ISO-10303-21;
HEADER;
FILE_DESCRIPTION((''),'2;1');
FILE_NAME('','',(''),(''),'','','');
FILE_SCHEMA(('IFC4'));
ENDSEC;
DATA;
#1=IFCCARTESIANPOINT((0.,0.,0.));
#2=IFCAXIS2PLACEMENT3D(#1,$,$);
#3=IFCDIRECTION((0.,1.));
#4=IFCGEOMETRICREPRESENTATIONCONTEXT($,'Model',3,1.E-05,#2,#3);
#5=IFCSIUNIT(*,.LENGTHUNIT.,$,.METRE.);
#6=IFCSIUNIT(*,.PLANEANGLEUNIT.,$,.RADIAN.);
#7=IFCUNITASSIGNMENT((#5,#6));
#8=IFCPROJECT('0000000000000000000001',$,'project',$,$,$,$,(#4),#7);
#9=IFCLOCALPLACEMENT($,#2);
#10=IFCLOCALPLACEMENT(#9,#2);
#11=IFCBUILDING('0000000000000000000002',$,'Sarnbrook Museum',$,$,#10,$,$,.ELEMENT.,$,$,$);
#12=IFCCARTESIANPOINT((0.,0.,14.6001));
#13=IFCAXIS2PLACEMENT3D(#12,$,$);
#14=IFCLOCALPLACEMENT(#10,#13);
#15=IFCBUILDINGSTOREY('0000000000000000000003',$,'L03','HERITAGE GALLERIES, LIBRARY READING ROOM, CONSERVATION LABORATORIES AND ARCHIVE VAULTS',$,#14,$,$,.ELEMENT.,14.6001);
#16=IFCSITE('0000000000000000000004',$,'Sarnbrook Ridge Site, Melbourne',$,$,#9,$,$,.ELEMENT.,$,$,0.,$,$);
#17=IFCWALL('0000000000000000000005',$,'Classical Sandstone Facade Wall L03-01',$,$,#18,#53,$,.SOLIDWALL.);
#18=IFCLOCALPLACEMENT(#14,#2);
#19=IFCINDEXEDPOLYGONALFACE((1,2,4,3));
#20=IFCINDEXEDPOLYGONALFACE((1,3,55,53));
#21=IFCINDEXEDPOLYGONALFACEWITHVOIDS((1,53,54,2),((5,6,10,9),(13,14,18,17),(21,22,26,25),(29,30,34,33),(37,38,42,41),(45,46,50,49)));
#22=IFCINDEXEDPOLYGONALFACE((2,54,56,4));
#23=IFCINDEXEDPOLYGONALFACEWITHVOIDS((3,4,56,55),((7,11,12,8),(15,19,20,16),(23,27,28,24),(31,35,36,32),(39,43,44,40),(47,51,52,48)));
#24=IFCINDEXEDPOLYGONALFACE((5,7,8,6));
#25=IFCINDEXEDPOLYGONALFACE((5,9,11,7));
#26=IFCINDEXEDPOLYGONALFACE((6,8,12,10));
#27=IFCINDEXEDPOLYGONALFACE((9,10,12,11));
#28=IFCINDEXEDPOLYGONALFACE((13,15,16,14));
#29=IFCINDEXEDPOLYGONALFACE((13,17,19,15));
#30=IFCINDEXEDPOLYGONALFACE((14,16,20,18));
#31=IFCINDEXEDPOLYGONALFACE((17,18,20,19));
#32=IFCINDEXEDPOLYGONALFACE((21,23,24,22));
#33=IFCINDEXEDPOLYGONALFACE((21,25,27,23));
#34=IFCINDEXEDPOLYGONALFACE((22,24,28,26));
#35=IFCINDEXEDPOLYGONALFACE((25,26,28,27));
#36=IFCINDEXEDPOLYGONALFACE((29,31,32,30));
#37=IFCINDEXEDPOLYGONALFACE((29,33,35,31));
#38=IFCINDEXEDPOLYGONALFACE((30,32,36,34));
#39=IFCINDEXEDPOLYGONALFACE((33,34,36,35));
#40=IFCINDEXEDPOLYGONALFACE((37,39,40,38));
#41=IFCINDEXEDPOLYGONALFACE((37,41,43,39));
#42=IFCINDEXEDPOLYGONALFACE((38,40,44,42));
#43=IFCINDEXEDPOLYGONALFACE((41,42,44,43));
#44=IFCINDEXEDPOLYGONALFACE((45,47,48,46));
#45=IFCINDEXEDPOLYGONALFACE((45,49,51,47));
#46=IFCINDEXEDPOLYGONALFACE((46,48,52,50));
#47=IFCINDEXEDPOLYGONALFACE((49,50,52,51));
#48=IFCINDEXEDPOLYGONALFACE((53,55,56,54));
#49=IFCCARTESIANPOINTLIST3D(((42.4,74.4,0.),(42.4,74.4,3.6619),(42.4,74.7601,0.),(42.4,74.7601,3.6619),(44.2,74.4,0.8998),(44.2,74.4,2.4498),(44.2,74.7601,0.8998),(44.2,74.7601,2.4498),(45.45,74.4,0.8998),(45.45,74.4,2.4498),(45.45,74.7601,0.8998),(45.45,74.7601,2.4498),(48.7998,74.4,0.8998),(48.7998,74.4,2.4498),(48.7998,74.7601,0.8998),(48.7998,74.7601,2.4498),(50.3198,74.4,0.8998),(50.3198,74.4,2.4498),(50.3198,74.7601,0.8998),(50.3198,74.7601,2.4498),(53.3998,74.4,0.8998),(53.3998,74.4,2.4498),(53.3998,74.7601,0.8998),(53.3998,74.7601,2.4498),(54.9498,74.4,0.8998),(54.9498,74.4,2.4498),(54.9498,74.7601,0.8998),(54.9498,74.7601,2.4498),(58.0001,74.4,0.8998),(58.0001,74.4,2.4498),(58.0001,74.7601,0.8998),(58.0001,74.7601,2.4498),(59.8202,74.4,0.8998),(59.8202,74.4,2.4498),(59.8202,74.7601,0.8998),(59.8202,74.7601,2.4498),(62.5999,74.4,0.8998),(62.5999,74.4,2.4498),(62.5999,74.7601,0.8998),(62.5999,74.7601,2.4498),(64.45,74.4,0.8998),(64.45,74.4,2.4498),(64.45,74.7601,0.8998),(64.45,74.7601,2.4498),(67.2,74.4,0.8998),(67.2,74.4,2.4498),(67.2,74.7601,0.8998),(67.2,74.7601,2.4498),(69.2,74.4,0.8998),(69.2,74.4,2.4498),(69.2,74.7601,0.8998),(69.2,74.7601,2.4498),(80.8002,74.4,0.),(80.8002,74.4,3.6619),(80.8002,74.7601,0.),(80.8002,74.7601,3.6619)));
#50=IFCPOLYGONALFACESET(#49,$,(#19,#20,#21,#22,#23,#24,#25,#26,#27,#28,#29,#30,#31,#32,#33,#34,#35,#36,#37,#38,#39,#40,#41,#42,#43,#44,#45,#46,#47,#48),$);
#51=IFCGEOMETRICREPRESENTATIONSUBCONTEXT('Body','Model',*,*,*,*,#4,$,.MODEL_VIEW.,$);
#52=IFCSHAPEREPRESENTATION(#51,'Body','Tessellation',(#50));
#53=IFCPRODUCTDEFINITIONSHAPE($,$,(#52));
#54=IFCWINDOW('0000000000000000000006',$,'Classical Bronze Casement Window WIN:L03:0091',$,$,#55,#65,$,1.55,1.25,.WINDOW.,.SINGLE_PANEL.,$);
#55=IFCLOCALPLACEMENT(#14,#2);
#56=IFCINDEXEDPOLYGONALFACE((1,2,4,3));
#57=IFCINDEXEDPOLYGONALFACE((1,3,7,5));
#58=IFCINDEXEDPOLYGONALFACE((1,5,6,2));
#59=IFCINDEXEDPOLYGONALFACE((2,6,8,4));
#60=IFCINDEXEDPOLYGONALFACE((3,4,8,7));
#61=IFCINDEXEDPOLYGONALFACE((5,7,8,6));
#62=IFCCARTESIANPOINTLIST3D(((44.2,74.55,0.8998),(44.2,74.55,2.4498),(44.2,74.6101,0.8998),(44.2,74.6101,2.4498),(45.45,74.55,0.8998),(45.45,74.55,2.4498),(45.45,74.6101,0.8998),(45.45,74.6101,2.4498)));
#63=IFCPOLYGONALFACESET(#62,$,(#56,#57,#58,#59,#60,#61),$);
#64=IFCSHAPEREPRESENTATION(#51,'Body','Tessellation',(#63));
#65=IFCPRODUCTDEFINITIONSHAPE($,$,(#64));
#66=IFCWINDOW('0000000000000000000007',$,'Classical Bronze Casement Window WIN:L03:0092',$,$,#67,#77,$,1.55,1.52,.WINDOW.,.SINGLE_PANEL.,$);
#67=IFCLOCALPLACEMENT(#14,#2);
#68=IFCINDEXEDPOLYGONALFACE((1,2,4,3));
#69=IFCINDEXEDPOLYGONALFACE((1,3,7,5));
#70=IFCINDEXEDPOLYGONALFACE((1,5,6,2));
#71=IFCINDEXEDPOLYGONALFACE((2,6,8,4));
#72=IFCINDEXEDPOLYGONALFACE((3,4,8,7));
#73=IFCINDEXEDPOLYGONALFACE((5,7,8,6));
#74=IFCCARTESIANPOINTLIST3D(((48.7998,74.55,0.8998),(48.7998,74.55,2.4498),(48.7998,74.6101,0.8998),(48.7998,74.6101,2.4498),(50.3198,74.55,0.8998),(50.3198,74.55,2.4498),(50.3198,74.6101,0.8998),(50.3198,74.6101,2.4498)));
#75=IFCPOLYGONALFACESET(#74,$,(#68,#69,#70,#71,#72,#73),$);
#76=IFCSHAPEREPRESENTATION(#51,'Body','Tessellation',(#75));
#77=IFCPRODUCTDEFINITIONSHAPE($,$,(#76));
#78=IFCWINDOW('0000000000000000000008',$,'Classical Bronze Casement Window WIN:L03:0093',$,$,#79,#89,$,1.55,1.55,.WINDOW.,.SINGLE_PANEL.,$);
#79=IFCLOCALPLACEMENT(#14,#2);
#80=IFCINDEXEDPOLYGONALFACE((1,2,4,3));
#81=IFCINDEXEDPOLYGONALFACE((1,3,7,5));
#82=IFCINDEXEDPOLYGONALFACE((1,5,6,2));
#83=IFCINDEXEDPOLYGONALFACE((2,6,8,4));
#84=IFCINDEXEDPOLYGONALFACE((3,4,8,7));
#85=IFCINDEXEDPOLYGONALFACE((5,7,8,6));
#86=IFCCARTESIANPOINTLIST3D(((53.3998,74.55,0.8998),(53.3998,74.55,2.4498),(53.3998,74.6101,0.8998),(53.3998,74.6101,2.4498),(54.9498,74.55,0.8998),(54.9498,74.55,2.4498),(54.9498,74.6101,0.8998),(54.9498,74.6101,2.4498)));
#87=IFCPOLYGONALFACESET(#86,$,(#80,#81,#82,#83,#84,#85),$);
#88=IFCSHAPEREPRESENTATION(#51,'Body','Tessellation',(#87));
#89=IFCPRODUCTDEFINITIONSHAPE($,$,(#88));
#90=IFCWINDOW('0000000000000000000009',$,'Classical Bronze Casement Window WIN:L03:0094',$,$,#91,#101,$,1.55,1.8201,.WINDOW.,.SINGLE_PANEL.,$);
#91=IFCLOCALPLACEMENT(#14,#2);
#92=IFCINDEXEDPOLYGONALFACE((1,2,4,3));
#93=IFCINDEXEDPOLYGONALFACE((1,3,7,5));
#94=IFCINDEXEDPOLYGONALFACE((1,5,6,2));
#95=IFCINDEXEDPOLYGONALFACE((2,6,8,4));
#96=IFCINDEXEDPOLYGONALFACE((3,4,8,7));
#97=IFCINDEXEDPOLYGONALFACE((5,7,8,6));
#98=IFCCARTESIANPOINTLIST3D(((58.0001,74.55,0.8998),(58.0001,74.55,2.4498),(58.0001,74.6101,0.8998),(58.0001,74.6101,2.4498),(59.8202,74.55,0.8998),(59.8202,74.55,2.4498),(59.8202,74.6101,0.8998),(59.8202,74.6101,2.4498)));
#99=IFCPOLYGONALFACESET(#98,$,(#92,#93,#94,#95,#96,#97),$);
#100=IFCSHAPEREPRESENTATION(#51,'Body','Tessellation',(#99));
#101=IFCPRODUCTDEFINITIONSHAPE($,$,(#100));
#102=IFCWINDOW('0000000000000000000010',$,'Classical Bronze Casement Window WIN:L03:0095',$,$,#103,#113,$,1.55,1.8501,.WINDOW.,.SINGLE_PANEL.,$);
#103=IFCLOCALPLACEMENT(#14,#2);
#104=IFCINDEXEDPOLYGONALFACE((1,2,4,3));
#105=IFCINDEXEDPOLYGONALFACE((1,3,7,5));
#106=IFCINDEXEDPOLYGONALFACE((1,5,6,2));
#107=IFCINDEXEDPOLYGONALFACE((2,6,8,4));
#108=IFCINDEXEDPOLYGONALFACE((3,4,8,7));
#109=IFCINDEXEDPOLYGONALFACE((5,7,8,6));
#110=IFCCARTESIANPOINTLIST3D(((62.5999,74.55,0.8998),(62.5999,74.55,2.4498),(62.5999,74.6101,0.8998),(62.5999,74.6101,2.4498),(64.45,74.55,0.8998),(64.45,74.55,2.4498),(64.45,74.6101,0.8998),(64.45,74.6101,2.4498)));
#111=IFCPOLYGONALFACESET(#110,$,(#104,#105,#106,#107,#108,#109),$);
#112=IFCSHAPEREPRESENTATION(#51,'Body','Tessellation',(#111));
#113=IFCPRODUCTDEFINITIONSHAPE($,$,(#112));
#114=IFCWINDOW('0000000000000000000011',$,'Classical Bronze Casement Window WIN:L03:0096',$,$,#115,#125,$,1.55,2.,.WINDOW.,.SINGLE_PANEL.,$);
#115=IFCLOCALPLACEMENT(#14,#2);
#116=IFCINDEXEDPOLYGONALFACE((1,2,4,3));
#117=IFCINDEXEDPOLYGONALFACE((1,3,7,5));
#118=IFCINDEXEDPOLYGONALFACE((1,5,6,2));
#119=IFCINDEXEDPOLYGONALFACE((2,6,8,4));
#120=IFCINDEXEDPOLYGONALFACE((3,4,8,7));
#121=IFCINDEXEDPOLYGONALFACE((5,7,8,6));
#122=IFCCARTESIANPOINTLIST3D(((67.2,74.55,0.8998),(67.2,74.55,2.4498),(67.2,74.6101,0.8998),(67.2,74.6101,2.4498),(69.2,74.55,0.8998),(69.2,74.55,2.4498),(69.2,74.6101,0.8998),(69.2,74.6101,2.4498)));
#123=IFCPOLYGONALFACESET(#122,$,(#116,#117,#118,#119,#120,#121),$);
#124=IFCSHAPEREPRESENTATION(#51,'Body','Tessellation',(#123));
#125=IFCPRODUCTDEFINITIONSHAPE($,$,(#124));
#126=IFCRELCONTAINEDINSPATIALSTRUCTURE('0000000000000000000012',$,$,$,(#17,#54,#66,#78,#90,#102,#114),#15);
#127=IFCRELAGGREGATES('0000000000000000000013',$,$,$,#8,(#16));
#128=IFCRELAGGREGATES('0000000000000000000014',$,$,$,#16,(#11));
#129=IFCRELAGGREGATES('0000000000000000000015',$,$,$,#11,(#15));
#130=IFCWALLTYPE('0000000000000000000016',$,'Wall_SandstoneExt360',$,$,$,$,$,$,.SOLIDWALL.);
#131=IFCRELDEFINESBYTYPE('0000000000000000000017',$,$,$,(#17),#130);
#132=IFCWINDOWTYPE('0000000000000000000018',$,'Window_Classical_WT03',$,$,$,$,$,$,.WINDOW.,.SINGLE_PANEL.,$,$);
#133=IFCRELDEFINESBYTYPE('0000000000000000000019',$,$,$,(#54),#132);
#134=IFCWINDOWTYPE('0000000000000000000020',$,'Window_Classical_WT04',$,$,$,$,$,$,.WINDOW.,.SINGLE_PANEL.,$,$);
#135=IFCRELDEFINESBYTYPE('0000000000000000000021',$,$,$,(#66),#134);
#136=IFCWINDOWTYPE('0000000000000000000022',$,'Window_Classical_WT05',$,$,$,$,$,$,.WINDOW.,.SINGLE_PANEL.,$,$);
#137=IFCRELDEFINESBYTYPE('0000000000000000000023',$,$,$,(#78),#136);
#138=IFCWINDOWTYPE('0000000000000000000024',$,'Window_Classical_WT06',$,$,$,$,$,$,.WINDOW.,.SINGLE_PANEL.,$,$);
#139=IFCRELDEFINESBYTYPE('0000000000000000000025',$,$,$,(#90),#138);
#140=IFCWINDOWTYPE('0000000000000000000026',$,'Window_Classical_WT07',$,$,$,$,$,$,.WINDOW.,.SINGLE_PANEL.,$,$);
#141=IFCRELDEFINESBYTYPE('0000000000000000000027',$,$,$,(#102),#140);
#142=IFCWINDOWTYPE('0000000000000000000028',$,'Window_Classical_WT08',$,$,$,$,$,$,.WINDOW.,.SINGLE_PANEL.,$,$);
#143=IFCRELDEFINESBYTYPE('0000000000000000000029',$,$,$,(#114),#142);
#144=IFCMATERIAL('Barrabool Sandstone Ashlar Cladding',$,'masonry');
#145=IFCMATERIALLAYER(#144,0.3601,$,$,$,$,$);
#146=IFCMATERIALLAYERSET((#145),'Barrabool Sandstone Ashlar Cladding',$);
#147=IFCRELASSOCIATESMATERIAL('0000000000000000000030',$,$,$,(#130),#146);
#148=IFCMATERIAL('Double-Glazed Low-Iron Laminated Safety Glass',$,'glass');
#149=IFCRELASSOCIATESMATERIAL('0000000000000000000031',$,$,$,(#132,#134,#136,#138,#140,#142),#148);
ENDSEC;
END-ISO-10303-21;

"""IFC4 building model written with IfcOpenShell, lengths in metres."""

from ifc_helpers import new_model, si_unit, direction, frame, frame_2d, origin, place, context, subcontext, project, spatial, rectangle, extrude, material, layer, layer_set, type_object, element, fill, save


model = new_model("IFC4")

# Units and contexts
model_context = context("Model", 3, precision=1e-05, world=origin(), true_north=direction((0.0, 1.0)))
body_context = subcontext(model_context, "Body", "Model", "MODEL_VIEW")
ifc_project = project(units=[si_unit("LENGTHUNIT", "METRE"), si_unit("PLANEANGLEUNIT", "RADIAN")], contexts=[model_context])

# Site, building, storey
site_placement = place(None, origin())
site = spatial("IfcSite", under=ifc_project, at=site_placement, Name="Sarnbrook Ridge Site, Melbourne", CompositionType="ELEMENT", RefElevation=0.0)
building_placement = place(site_placement, origin())
building = spatial("IfcBuilding", under=site, at=building_placement, Name="Sarnbrook Museum", CompositionType="ELEMENT")
storey_placement = place(building_placement, frame((0.0, 0.0, 14.6001)))
storey = spatial("IfcBuildingStorey", under=building, at=storey_placement, Name="L03", Description="HERITAGE GALLERIES, LIBRARY READING ROOM, CONSERVATION LABORATORIES AND ARCHIVE VAULTS", CompositionType="ELEMENT", Elevation=14.6001)

# Wall, openings, windows
ifc_material_1 = material(Name="Barrabool Sandstone Ashlar Cladding", Category="masonry")
ifc_layer_1 = layer(ifc_material_1, 0.3601)
ifc_layer_set_1 = layer_set([ifc_layer_1], Name="Barrabool Sandstone Ashlar Cladding")
wall_type_1 = type_object("IfcWallType", Name="Wall_SandstoneExt360", PredefinedType="SOLIDWALL", material=ifc_layer_set_1)
wall_1_placement = place(storey_placement, frame((42.3999, 74.5801, 0.0), z_axis=(0.0, 0.0, 1.0), x_axis=(1.0, 0.0, 0.0)))
wall_1 = element("IfcWall", 1, at=wall_1_placement, inside=storey, type_object=wall_type_1, Name="Classical Sandstone Facade Wall L03-01", PredefinedType="SOLIDWALL", context=body_context, shape_type="SweptSolid", body=[
    extrude(rectangle(XDim=38.4001, YDim=0.3601, at=frame_2d((19.2002, 0.0))), origin(), (0.0, 0.0, 1.0), 3.6619),
])
opening_1_placement = place(wall_1_placement, frame((1.8, 0.0, 0.8999)))
opening_1 = element("IfcOpeningElement", 2, at=opening_1_placement, cuts=wall_1, PredefinedType="OPENING", context=body_context, shape_type="SweptSolid", body=[
    extrude(rectangle(XDim=1.25, YDim=1.55, at=frame_2d((0.625, 0.7749))), frame((0.0, 0.1899, 0.0), z_axis=(0.0, -1.0, 0.0), x_axis=(1.0, 0.0, 0.0)), (0.0, 0.0, 1.0), 0.3801),
])
opening_2_placement = place(wall_1_placement, frame((6.3999, 0.0, 0.8999)))
opening_2 = element("IfcOpeningElement", 3, at=opening_2_placement, cuts=wall_1, PredefinedType="OPENING", context=body_context, shape_type="SweptSolid", body=[
    extrude(rectangle(XDim=1.52, YDim=1.55, at=frame_2d((0.76, 0.7749))), frame((0.0, 0.1899, 0.0), z_axis=(0.0, -1.0, 0.0), x_axis=(1.0, 0.0, 0.0)), (0.0, 0.0, 1.0), 0.3801),
])
opening_3_placement = place(wall_1_placement, frame((11.0, 0.0, 0.8999)))
opening_3 = element("IfcOpeningElement", 4, at=opening_3_placement, cuts=wall_1, PredefinedType="OPENING", context=body_context, shape_type="SweptSolid", body=[
    extrude(rectangle(XDim=1.55, YDim=1.55, at=frame_2d((0.7749, 0.7749))), frame((0.0, 0.1899, 0.0), z_axis=(0.0, -1.0, 0.0), x_axis=(1.0, 0.0, 0.0)), (0.0, 0.0, 1.0), 0.3801),
])
opening_4_placement = place(wall_1_placement, frame((15.6001, 0.0, 0.8999)))
opening_4 = element("IfcOpeningElement", 5, at=opening_4_placement, cuts=wall_1, PredefinedType="OPENING", context=body_context, shape_type="SweptSolid", body=[
    extrude(rectangle(XDim=1.8201, YDim=1.55, at=frame_2d((0.9102, 0.7749))), frame((0.0, 0.1899, 0.0), z_axis=(0.0, -1.0, 0.0), x_axis=(1.0, 0.0, 0.0)), (0.0, 0.0, 1.0), 0.3801),
])
opening_5_placement = place(wall_1_placement, frame((20.2, 0.0, 0.8999)))
opening_5 = element("IfcOpeningElement", 6, at=opening_5_placement, cuts=wall_1, PredefinedType="OPENING", context=body_context, shape_type="SweptSolid", body=[
    extrude(rectangle(XDim=1.8501, YDim=1.55, at=frame_2d((0.925, 0.7749))), frame((0.0, 0.1899, 0.0), z_axis=(0.0, -1.0, 0.0), x_axis=(1.0, 0.0, 0.0)), (0.0, 0.0, 1.0), 0.3801),
])
opening_6_placement = place(wall_1_placement, frame((24.8, 0.0, 0.8999)))
opening_6 = element("IfcOpeningElement", 7, at=opening_6_placement, cuts=wall_1, PredefinedType="OPENING", context=body_context, shape_type="SweptSolid", body=[
    extrude(rectangle(XDim=2.0, YDim=1.55, at=frame_2d((1.0, 0.7749))), frame((0.0, 0.1899, 0.0), z_axis=(0.0, -1.0, 0.0), x_axis=(1.0, 0.0, 0.0)), (0.0, 0.0, 1.0), 0.3801),
])
ifc_material_2 = material(Name="Double-Glazed Low-Iron Laminated Safety Glass", Category="glass")
window_type_1 = type_object("IfcWindowType", Name="Window_Classical_WT03", PartitioningType="SINGLE_PANEL", PredefinedType="WINDOW", material=ifc_material_2)
window_1_placement = place(opening_1_placement, origin())
window_1 = element("IfcWindow", 8, at=window_1_placement, inside=storey, type_object=window_type_1, Name="Classical Bronze Casement Window WIN:L03:0091", OverallHeight=1.55, OverallWidth=1.25, PartitioningType="SINGLE_PANEL", PredefinedType="WINDOW", context=body_context, shape_type="SweptSolid", body=[
    extrude(rectangle(XDim=1.25, YDim=1.55, at=frame_2d((0.625, 0.7749))), frame((0.0, 0.03, 0.0), z_axis=(0.0, -1.0, 0.0), x_axis=(1.0, 0.0, 0.0)), (0.0, 0.0, 1.0), 0.0601),
])
fill(opening_1, window_1)
window_type_2 = type_object("IfcWindowType", Name="Window_Classical_WT04", PartitioningType="SINGLE_PANEL", PredefinedType="WINDOW", material=ifc_material_2)
window_2_placement = place(opening_2_placement, origin())
window_2 = element("IfcWindow", 9, at=window_2_placement, inside=storey, type_object=window_type_2, Name="Classical Bronze Casement Window WIN:L03:0092", OverallHeight=1.55, OverallWidth=1.52, PartitioningType="SINGLE_PANEL", PredefinedType="WINDOW", context=body_context, shape_type="SweptSolid", body=[
    extrude(rectangle(XDim=1.52, YDim=1.55, at=frame_2d((0.76, 0.7749))), frame((0.0, 0.03, 0.0), z_axis=(0.0, -1.0, 0.0), x_axis=(1.0, 0.0, 0.0)), (0.0, 0.0, 1.0), 0.0601),
])
fill(opening_2, window_2)
window_type_3 = type_object("IfcWindowType", Name="Window_Classical_WT05", PartitioningType="SINGLE_PANEL", PredefinedType="WINDOW", material=ifc_material_2)
window_3_placement = place(opening_3_placement, origin())
window_3 = element("IfcWindow", 10, at=window_3_placement, inside=storey, type_object=window_type_3, Name="Classical Bronze Casement Window WIN:L03:0093", OverallHeight=1.55, OverallWidth=1.55, PartitioningType="SINGLE_PANEL", PredefinedType="WINDOW", context=body_context, shape_type="SweptSolid", body=[
    extrude(rectangle(XDim=1.55, YDim=1.55, at=frame_2d((0.7749, 0.7749))), frame((0.0, 0.03, 0.0), z_axis=(0.0, -1.0, 0.0), x_axis=(1.0, 0.0, 0.0)), (0.0, 0.0, 1.0), 0.0601),
])
fill(opening_3, window_3)
window_type_4 = type_object("IfcWindowType", Name="Window_Classical_WT06", PartitioningType="SINGLE_PANEL", PredefinedType="WINDOW", material=ifc_material_2)
window_4_placement = place(opening_4_placement, origin())
window_4 = element("IfcWindow", 11, at=window_4_placement, inside=storey, type_object=window_type_4, Name="Classical Bronze Casement Window WIN:L03:0094", OverallHeight=1.55, OverallWidth=1.8201, PartitioningType="SINGLE_PANEL", PredefinedType="WINDOW", context=body_context, shape_type="SweptSolid", body=[
    extrude(rectangle(XDim=1.8201, YDim=1.55, at=frame_2d((0.9102, 0.7749))), frame((0.0, 0.03, 0.0), z_axis=(0.0, -1.0, 0.0), x_axis=(1.0, 0.0, 0.0)), (0.0, 0.0, 1.0), 0.0601),
])
fill(opening_4, window_4)
window_type_5 = type_object("IfcWindowType", Name="Window_Classical_WT07", PartitioningType="SINGLE_PANEL", PredefinedType="WINDOW", material=ifc_material_2)
window_5_placement = place(opening_5_placement, origin())
window_5 = element("IfcWindow", 12, at=window_5_placement, inside=storey, type_object=window_type_5, Name="Classical Bronze Casement Window WIN:L03:0095", OverallHeight=1.55, OverallWidth=1.8501, PartitioningType="SINGLE_PANEL", PredefinedType="WINDOW", context=body_context, shape_type="SweptSolid", body=[
    extrude(rectangle(XDim=1.8501, YDim=1.55, at=frame_2d((0.925, 0.7749))), frame((0.0, 0.03, 0.0), z_axis=(0.0, -1.0, 0.0), x_axis=(1.0, 0.0, 0.0)), (0.0, 0.0, 1.0), 0.0601),
])
fill(opening_5, window_5)
window_type_6 = type_object("IfcWindowType", Name="Window_Classical_WT08", PartitioningType="SINGLE_PANEL", PredefinedType="WINDOW", material=ifc_material_2)
window_6_placement = place(opening_6_placement, origin())
window_6 = element("IfcWindow", 13, at=window_6_placement, inside=storey, type_object=window_type_6, Name="Classical Bronze Casement Window WIN:L03:0096", OverallHeight=1.55, OverallWidth=2.0, PartitioningType="SINGLE_PANEL", PredefinedType="WINDOW", context=body_context, shape_type="SweptSolid", body=[
    extrude(rectangle(XDim=2.0, YDim=1.55, at=frame_2d((1.0, 0.7749))), frame((0.0, 0.03, 0.0), z_axis=(0.0, -1.0, 0.0), x_axis=(1.0, 0.0, 0.0)), (0.0, 0.0, 1.0), 0.0601),
])
fill(opening_6, window_6)

save(model, "model.ifc")
